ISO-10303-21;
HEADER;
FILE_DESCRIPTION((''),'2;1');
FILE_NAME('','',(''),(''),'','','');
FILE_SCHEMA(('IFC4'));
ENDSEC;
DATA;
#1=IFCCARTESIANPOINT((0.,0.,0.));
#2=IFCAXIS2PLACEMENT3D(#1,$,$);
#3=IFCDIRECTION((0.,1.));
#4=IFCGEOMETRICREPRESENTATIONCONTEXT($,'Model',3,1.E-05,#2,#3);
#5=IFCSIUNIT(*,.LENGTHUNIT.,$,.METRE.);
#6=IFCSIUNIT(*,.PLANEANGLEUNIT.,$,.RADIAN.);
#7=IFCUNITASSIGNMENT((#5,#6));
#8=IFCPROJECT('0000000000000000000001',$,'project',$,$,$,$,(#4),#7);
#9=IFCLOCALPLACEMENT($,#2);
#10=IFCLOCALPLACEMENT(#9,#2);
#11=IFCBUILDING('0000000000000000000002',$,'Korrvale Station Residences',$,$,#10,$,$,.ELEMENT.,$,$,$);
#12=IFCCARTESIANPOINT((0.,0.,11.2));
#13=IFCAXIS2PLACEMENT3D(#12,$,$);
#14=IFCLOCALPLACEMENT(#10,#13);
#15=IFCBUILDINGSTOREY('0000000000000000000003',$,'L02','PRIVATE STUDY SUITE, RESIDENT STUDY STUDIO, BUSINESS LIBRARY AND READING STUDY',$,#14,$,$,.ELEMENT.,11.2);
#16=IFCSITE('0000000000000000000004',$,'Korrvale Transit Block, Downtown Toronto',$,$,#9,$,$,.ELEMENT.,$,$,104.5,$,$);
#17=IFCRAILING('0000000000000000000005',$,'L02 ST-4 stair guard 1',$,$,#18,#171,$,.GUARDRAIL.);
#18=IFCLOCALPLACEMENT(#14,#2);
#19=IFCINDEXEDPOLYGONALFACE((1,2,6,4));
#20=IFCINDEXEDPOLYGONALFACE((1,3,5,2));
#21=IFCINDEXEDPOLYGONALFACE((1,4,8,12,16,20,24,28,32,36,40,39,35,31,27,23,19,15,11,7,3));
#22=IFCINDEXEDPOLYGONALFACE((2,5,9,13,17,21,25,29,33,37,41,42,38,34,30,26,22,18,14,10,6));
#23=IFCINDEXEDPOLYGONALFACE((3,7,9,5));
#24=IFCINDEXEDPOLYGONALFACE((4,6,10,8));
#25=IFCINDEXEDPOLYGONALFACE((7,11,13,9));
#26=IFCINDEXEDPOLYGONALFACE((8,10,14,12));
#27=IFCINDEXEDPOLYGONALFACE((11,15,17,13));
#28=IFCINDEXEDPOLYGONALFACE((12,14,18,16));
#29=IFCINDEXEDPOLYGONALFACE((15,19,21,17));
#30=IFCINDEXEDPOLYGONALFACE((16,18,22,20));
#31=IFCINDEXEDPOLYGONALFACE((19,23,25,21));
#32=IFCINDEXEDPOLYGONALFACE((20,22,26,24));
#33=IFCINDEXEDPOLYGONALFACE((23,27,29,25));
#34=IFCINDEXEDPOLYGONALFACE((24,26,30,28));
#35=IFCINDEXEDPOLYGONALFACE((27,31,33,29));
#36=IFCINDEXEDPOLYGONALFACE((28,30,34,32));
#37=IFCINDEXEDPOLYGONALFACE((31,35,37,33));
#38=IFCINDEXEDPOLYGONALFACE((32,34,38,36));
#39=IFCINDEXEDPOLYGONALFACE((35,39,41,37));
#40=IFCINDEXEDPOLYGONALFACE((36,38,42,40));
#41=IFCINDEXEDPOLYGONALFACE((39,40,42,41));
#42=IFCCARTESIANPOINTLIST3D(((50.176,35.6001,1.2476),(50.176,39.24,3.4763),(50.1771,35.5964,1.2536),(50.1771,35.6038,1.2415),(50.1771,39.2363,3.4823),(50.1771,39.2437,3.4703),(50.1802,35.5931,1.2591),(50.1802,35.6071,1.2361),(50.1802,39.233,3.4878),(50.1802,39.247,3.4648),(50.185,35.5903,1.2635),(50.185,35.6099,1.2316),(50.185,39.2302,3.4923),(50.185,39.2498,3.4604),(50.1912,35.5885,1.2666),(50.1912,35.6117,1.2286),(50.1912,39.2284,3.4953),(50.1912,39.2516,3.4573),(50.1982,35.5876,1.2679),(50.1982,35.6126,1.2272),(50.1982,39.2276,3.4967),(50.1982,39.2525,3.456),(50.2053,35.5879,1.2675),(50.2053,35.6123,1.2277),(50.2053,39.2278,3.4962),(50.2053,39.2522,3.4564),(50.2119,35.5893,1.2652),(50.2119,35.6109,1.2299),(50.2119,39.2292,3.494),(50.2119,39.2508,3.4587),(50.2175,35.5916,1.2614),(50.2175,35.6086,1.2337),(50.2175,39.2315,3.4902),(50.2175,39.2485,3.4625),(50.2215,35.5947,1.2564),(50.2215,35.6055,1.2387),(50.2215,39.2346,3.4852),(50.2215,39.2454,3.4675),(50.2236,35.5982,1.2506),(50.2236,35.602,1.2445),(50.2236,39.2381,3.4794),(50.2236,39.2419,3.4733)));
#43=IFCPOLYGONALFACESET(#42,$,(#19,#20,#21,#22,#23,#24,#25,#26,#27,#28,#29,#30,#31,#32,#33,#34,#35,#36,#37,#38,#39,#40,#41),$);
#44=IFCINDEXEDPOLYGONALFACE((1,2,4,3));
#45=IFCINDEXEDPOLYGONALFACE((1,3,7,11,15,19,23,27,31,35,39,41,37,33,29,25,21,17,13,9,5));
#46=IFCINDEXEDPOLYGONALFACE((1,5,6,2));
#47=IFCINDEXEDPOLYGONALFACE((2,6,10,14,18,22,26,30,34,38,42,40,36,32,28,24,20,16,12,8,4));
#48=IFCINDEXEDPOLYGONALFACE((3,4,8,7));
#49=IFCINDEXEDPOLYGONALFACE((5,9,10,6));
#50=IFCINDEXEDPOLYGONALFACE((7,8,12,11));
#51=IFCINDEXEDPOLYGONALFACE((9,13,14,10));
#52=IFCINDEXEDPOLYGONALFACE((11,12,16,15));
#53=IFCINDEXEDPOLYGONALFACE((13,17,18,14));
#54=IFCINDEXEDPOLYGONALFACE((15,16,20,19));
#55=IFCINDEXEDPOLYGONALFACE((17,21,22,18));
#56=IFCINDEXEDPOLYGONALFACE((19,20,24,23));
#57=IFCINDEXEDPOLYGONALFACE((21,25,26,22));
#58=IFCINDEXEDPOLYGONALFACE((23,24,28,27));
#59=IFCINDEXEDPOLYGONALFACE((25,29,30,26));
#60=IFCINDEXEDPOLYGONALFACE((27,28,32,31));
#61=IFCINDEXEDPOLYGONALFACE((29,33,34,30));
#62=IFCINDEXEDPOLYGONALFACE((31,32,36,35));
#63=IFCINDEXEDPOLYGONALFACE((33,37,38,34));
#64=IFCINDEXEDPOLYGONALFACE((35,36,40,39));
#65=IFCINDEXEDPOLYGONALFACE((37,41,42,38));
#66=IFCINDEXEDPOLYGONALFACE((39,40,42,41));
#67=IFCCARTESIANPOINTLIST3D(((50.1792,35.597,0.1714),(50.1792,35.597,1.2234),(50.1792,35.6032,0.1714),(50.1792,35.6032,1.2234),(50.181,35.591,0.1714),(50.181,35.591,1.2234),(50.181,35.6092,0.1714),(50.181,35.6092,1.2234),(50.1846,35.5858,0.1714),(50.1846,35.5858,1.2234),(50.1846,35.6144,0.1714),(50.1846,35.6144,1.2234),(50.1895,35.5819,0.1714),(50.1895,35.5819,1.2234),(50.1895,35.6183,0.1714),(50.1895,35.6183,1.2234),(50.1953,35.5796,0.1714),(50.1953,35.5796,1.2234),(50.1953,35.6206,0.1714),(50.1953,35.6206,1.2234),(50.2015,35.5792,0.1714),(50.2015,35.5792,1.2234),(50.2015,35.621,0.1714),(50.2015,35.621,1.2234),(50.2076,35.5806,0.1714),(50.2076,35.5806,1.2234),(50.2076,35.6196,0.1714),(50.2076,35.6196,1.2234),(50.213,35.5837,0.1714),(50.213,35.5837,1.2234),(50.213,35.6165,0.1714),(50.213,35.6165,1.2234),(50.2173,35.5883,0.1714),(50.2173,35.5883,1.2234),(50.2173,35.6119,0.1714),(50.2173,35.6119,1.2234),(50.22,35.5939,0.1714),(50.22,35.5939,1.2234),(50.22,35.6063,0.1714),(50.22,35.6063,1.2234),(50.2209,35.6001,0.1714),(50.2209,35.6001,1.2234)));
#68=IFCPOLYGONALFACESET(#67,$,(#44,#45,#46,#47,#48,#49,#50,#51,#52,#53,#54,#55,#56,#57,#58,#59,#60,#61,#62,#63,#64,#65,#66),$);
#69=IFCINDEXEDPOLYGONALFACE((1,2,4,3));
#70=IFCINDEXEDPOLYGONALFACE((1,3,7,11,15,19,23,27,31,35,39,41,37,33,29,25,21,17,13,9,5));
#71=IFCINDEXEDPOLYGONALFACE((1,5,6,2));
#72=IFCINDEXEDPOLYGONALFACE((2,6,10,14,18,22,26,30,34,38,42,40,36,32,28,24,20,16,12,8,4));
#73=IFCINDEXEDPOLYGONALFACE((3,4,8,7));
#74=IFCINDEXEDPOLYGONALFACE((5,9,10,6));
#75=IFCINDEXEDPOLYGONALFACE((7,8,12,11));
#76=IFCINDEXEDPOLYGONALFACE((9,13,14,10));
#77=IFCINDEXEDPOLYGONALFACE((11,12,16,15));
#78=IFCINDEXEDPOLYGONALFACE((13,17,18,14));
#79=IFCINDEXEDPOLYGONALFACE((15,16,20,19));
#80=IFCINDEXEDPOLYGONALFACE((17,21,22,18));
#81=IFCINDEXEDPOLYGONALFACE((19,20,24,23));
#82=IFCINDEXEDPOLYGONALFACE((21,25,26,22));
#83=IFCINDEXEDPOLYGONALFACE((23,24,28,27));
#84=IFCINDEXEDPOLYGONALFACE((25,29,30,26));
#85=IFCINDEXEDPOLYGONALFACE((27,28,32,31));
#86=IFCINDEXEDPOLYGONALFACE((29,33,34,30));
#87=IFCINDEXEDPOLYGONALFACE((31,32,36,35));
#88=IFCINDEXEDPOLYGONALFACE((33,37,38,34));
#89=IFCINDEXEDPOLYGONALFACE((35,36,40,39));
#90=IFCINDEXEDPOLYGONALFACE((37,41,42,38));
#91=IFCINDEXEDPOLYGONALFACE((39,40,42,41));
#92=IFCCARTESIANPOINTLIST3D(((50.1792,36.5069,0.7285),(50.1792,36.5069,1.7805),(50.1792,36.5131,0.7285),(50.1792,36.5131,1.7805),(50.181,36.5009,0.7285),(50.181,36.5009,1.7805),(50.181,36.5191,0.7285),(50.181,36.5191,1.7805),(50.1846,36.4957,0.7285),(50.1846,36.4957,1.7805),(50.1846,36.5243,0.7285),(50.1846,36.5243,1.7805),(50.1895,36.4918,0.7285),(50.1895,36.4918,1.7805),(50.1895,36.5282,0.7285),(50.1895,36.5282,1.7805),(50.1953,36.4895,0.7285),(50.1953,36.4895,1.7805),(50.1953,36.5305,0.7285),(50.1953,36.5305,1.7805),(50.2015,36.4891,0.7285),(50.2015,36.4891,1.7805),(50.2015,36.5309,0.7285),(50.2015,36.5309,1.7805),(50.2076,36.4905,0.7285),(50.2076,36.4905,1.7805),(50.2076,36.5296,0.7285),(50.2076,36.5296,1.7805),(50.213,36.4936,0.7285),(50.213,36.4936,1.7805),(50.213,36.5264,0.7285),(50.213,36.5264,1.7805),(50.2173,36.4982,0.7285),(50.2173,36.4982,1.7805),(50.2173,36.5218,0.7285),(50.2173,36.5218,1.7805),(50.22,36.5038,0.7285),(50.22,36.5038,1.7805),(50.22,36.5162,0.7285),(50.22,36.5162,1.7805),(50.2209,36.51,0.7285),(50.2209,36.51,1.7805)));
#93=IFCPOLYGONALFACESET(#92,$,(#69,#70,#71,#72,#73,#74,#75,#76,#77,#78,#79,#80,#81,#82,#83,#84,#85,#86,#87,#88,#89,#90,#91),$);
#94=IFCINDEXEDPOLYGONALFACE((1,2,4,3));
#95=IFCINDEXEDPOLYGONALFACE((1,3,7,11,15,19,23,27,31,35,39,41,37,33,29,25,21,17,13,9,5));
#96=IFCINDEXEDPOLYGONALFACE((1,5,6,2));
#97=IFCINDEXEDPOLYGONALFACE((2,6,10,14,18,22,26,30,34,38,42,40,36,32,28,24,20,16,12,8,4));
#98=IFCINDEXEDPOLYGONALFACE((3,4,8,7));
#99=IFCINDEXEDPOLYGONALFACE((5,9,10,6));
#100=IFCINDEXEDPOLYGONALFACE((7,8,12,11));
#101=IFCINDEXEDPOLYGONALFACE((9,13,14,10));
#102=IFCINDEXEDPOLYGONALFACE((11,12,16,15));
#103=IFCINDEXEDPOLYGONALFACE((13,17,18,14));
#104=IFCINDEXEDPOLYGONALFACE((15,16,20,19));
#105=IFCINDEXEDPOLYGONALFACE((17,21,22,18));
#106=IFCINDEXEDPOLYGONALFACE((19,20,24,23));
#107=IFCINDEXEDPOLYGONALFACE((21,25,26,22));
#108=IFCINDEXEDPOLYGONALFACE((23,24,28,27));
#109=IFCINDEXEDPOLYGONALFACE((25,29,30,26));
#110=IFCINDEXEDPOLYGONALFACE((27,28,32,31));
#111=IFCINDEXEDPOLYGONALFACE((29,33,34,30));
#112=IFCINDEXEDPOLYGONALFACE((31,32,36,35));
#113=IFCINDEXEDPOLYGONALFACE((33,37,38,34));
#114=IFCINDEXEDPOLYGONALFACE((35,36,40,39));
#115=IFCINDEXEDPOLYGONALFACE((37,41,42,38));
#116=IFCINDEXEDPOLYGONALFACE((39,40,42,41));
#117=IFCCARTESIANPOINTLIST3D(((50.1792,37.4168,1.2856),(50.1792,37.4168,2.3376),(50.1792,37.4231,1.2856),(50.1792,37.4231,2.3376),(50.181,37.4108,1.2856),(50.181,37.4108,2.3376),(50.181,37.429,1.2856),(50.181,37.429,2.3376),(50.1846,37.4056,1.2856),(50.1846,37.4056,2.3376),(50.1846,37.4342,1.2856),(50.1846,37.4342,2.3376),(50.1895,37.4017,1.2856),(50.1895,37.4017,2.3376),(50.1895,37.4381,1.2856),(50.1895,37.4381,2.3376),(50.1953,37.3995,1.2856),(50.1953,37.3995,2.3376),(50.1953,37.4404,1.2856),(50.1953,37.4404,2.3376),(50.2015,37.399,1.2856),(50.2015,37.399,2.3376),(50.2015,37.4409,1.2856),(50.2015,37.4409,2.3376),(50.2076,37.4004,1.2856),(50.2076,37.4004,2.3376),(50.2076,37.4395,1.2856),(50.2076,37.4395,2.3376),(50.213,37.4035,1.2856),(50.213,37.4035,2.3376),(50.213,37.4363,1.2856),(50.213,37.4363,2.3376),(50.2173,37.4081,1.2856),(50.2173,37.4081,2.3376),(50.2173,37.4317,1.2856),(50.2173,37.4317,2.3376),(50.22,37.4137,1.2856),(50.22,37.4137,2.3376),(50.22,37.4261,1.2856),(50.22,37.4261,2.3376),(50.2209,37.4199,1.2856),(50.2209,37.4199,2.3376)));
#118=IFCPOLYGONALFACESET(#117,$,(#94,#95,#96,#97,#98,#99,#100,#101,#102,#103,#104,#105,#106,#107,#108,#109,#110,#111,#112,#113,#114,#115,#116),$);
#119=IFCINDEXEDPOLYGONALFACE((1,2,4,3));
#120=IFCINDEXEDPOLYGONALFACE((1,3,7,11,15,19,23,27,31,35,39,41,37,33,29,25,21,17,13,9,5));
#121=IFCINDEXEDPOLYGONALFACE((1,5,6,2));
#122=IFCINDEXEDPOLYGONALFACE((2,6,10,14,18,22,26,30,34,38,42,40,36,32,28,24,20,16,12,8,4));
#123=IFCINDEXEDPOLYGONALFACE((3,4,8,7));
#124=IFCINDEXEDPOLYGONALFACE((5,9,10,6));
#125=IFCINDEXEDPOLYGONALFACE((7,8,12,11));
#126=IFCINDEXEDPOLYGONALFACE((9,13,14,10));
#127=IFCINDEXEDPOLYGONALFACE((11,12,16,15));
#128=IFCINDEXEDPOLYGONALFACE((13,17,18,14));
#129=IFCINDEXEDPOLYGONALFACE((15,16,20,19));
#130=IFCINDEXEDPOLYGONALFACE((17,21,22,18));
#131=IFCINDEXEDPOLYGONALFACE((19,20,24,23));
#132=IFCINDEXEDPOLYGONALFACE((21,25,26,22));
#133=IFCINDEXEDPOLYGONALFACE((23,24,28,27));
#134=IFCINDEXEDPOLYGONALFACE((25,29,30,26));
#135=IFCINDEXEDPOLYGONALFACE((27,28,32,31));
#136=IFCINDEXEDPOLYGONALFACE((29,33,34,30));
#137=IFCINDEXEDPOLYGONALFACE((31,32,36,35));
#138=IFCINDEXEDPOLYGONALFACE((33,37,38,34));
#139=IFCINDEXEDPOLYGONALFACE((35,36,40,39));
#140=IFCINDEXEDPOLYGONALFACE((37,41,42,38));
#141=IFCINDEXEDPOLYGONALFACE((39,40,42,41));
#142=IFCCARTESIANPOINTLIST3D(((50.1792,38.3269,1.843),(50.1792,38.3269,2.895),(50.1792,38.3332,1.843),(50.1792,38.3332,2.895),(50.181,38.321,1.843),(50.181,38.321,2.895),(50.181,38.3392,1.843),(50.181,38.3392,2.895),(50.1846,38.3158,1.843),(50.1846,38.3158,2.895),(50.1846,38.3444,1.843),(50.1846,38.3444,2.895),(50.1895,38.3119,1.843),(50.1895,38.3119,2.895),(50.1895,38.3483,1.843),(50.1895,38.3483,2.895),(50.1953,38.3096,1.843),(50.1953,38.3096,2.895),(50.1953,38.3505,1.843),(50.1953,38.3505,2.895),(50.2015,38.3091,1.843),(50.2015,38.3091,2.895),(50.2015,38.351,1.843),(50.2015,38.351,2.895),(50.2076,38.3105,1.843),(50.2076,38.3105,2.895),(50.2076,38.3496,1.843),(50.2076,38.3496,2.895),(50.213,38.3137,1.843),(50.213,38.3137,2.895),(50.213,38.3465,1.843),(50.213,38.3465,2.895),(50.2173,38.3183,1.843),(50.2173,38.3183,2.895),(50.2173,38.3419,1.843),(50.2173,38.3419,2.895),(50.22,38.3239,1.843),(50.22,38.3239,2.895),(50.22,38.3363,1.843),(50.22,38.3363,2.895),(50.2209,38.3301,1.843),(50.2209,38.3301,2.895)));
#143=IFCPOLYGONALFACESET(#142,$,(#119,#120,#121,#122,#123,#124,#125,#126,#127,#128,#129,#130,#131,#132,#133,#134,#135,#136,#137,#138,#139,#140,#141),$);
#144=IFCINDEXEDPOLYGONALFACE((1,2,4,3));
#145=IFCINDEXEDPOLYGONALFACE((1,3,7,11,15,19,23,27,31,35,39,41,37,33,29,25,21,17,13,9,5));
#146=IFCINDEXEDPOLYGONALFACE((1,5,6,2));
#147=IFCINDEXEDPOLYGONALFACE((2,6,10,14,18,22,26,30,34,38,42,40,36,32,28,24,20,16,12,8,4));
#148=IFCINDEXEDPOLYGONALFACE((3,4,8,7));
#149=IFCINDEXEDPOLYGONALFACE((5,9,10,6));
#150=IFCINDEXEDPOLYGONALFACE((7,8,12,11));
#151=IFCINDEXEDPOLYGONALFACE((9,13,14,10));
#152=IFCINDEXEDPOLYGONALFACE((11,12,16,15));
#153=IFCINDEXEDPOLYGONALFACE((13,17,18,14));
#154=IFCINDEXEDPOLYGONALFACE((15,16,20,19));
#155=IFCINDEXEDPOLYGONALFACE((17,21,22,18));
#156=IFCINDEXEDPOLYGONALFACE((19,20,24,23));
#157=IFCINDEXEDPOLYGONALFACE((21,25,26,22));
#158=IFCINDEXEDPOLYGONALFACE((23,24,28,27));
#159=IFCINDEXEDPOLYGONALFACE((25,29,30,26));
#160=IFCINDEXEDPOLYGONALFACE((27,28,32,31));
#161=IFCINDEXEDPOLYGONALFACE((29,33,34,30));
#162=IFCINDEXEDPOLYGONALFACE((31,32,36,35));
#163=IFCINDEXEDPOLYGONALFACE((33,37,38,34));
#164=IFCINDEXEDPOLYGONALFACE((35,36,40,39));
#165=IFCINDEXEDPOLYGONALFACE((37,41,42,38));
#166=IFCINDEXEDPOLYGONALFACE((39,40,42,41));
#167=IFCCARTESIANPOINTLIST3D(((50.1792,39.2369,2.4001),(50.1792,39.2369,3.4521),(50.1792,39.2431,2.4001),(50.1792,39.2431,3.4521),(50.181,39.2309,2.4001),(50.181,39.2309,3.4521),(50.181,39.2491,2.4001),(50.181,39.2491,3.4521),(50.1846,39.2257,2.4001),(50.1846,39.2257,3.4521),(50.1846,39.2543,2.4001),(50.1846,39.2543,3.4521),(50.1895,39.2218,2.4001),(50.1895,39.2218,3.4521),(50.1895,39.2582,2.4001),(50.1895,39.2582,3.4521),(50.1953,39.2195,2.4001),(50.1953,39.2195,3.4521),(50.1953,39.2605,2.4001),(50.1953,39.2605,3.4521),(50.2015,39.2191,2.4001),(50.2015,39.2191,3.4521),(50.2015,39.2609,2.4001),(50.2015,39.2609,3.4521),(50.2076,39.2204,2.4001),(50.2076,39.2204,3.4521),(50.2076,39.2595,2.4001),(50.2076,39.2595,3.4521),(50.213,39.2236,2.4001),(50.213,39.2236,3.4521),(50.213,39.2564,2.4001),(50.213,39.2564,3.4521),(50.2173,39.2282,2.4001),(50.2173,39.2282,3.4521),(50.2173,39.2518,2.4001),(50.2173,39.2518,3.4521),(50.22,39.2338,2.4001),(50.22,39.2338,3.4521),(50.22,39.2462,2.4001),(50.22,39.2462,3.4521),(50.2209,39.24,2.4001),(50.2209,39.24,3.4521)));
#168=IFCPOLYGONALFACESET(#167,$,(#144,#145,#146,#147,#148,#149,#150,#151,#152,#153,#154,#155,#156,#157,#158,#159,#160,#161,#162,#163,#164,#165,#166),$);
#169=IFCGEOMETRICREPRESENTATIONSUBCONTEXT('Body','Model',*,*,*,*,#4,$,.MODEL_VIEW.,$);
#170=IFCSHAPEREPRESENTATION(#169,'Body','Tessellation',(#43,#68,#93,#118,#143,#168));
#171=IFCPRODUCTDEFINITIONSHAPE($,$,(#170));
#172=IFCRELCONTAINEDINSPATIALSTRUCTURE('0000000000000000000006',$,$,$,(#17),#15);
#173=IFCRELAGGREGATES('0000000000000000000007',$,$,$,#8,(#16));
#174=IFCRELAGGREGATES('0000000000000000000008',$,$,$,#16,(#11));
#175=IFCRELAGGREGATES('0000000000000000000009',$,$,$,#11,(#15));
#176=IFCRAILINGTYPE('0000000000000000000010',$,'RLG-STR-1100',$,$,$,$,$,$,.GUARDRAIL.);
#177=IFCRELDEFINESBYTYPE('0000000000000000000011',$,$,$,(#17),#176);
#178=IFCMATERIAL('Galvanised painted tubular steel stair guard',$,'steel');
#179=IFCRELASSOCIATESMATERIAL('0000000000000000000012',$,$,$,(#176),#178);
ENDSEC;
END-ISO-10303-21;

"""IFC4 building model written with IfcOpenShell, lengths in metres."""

from ifc_helpers import new_model, si_unit, direction, frame, origin, origin_2d, place, context, subcontext, project, spatial, circle, extrude, material, type_object, element, save


model = new_model("IFC4")

# Units and contexts
model_context = context("Model", 3, precision=1e-05, world=origin(), true_north=direction((0.0, 1.0)))
body_context = subcontext(model_context, "Body", "Model", "MODEL_VIEW")
ifc_project = project(units=[si_unit("LENGTHUNIT", "METRE"), si_unit("PLANEANGLEUNIT", "RADIAN")], contexts=[model_context])

# Site, building, storey
site_placement = place(None, origin())
site = spatial("IfcSite", under=ifc_project, at=site_placement, Name="Korrvale Transit Block, Downtown Toronto", CompositionType="ELEMENT", RefElevation=104.5)
building_placement = place(site_placement, origin())
building = spatial("IfcBuilding", under=site, at=building_placement, Name="Korrvale Station Residences", CompositionType="ELEMENT")
storey_placement = place(building_placement, frame((0.0, 0.0, 11.2)))
storey = spatial("IfcBuildingStorey", under=building, at=storey_placement, Name="L02", Description="PRIVATE STUDY SUITE, RESIDENT STUDY STUDIO, BUSINESS LIBRARY AND READING STUDY", CompositionType="ELEMENT", Elevation=11.2)

# Railing
ifc_material_1 = material(Name="Galvanised painted tubular steel stair guard", Category="steel")
railing_type_1 = type_object("IfcRailingType", Name="RLG-STR-1100", PredefinedType="GUARDRAIL", material=ifc_material_1)
railing_1_placement = place(storey_placement, frame((50.2, 35.6001, 0.1714)))
element("IfcRailing", 1, at=railing_1_placement, inside=storey, type_object=railing_type_1, Name="L02 ST-4 stair guard 1", PredefinedType="GUARDRAIL", context=body_context, shape_type="SweptSolid", body=[
    extrude(circle(Radius=0.0239, at=origin_2d()), frame((0.0, 0.0, 1.0762), z_axis=(0.0, 0.852825, 0.522197), x_axis=(-1.0, 0.0, 0.0)), (0.0, 0.0, 1.0), 4.2681),
    extrude(circle(Radius=0.021, at=origin_2d()), origin(), (0.0, 0.0, 1.0), 1.052),
    extrude(circle(Radius=0.021, at=origin_2d()), frame((0.0, 0.9099, 0.5571)), (0.0, 0.0, 1.0), 1.052),
    extrude(circle(Radius=0.021, at=origin_2d()), frame((0.0, 1.8198, 1.1143)), (0.0, 0.0, 1.0), 1.052),
    extrude(circle(Radius=0.021, at=origin_2d()), frame((0.0, 2.73, 1.6716)), (0.0, 0.0, 1.0), 1.052),
    extrude(circle(Radius=0.021, at=origin_2d()), frame((0.0, 3.6399, 2.2288)), (0.0, 0.0, 1.0), 1.052),
])

save(model, "model.ifc")
